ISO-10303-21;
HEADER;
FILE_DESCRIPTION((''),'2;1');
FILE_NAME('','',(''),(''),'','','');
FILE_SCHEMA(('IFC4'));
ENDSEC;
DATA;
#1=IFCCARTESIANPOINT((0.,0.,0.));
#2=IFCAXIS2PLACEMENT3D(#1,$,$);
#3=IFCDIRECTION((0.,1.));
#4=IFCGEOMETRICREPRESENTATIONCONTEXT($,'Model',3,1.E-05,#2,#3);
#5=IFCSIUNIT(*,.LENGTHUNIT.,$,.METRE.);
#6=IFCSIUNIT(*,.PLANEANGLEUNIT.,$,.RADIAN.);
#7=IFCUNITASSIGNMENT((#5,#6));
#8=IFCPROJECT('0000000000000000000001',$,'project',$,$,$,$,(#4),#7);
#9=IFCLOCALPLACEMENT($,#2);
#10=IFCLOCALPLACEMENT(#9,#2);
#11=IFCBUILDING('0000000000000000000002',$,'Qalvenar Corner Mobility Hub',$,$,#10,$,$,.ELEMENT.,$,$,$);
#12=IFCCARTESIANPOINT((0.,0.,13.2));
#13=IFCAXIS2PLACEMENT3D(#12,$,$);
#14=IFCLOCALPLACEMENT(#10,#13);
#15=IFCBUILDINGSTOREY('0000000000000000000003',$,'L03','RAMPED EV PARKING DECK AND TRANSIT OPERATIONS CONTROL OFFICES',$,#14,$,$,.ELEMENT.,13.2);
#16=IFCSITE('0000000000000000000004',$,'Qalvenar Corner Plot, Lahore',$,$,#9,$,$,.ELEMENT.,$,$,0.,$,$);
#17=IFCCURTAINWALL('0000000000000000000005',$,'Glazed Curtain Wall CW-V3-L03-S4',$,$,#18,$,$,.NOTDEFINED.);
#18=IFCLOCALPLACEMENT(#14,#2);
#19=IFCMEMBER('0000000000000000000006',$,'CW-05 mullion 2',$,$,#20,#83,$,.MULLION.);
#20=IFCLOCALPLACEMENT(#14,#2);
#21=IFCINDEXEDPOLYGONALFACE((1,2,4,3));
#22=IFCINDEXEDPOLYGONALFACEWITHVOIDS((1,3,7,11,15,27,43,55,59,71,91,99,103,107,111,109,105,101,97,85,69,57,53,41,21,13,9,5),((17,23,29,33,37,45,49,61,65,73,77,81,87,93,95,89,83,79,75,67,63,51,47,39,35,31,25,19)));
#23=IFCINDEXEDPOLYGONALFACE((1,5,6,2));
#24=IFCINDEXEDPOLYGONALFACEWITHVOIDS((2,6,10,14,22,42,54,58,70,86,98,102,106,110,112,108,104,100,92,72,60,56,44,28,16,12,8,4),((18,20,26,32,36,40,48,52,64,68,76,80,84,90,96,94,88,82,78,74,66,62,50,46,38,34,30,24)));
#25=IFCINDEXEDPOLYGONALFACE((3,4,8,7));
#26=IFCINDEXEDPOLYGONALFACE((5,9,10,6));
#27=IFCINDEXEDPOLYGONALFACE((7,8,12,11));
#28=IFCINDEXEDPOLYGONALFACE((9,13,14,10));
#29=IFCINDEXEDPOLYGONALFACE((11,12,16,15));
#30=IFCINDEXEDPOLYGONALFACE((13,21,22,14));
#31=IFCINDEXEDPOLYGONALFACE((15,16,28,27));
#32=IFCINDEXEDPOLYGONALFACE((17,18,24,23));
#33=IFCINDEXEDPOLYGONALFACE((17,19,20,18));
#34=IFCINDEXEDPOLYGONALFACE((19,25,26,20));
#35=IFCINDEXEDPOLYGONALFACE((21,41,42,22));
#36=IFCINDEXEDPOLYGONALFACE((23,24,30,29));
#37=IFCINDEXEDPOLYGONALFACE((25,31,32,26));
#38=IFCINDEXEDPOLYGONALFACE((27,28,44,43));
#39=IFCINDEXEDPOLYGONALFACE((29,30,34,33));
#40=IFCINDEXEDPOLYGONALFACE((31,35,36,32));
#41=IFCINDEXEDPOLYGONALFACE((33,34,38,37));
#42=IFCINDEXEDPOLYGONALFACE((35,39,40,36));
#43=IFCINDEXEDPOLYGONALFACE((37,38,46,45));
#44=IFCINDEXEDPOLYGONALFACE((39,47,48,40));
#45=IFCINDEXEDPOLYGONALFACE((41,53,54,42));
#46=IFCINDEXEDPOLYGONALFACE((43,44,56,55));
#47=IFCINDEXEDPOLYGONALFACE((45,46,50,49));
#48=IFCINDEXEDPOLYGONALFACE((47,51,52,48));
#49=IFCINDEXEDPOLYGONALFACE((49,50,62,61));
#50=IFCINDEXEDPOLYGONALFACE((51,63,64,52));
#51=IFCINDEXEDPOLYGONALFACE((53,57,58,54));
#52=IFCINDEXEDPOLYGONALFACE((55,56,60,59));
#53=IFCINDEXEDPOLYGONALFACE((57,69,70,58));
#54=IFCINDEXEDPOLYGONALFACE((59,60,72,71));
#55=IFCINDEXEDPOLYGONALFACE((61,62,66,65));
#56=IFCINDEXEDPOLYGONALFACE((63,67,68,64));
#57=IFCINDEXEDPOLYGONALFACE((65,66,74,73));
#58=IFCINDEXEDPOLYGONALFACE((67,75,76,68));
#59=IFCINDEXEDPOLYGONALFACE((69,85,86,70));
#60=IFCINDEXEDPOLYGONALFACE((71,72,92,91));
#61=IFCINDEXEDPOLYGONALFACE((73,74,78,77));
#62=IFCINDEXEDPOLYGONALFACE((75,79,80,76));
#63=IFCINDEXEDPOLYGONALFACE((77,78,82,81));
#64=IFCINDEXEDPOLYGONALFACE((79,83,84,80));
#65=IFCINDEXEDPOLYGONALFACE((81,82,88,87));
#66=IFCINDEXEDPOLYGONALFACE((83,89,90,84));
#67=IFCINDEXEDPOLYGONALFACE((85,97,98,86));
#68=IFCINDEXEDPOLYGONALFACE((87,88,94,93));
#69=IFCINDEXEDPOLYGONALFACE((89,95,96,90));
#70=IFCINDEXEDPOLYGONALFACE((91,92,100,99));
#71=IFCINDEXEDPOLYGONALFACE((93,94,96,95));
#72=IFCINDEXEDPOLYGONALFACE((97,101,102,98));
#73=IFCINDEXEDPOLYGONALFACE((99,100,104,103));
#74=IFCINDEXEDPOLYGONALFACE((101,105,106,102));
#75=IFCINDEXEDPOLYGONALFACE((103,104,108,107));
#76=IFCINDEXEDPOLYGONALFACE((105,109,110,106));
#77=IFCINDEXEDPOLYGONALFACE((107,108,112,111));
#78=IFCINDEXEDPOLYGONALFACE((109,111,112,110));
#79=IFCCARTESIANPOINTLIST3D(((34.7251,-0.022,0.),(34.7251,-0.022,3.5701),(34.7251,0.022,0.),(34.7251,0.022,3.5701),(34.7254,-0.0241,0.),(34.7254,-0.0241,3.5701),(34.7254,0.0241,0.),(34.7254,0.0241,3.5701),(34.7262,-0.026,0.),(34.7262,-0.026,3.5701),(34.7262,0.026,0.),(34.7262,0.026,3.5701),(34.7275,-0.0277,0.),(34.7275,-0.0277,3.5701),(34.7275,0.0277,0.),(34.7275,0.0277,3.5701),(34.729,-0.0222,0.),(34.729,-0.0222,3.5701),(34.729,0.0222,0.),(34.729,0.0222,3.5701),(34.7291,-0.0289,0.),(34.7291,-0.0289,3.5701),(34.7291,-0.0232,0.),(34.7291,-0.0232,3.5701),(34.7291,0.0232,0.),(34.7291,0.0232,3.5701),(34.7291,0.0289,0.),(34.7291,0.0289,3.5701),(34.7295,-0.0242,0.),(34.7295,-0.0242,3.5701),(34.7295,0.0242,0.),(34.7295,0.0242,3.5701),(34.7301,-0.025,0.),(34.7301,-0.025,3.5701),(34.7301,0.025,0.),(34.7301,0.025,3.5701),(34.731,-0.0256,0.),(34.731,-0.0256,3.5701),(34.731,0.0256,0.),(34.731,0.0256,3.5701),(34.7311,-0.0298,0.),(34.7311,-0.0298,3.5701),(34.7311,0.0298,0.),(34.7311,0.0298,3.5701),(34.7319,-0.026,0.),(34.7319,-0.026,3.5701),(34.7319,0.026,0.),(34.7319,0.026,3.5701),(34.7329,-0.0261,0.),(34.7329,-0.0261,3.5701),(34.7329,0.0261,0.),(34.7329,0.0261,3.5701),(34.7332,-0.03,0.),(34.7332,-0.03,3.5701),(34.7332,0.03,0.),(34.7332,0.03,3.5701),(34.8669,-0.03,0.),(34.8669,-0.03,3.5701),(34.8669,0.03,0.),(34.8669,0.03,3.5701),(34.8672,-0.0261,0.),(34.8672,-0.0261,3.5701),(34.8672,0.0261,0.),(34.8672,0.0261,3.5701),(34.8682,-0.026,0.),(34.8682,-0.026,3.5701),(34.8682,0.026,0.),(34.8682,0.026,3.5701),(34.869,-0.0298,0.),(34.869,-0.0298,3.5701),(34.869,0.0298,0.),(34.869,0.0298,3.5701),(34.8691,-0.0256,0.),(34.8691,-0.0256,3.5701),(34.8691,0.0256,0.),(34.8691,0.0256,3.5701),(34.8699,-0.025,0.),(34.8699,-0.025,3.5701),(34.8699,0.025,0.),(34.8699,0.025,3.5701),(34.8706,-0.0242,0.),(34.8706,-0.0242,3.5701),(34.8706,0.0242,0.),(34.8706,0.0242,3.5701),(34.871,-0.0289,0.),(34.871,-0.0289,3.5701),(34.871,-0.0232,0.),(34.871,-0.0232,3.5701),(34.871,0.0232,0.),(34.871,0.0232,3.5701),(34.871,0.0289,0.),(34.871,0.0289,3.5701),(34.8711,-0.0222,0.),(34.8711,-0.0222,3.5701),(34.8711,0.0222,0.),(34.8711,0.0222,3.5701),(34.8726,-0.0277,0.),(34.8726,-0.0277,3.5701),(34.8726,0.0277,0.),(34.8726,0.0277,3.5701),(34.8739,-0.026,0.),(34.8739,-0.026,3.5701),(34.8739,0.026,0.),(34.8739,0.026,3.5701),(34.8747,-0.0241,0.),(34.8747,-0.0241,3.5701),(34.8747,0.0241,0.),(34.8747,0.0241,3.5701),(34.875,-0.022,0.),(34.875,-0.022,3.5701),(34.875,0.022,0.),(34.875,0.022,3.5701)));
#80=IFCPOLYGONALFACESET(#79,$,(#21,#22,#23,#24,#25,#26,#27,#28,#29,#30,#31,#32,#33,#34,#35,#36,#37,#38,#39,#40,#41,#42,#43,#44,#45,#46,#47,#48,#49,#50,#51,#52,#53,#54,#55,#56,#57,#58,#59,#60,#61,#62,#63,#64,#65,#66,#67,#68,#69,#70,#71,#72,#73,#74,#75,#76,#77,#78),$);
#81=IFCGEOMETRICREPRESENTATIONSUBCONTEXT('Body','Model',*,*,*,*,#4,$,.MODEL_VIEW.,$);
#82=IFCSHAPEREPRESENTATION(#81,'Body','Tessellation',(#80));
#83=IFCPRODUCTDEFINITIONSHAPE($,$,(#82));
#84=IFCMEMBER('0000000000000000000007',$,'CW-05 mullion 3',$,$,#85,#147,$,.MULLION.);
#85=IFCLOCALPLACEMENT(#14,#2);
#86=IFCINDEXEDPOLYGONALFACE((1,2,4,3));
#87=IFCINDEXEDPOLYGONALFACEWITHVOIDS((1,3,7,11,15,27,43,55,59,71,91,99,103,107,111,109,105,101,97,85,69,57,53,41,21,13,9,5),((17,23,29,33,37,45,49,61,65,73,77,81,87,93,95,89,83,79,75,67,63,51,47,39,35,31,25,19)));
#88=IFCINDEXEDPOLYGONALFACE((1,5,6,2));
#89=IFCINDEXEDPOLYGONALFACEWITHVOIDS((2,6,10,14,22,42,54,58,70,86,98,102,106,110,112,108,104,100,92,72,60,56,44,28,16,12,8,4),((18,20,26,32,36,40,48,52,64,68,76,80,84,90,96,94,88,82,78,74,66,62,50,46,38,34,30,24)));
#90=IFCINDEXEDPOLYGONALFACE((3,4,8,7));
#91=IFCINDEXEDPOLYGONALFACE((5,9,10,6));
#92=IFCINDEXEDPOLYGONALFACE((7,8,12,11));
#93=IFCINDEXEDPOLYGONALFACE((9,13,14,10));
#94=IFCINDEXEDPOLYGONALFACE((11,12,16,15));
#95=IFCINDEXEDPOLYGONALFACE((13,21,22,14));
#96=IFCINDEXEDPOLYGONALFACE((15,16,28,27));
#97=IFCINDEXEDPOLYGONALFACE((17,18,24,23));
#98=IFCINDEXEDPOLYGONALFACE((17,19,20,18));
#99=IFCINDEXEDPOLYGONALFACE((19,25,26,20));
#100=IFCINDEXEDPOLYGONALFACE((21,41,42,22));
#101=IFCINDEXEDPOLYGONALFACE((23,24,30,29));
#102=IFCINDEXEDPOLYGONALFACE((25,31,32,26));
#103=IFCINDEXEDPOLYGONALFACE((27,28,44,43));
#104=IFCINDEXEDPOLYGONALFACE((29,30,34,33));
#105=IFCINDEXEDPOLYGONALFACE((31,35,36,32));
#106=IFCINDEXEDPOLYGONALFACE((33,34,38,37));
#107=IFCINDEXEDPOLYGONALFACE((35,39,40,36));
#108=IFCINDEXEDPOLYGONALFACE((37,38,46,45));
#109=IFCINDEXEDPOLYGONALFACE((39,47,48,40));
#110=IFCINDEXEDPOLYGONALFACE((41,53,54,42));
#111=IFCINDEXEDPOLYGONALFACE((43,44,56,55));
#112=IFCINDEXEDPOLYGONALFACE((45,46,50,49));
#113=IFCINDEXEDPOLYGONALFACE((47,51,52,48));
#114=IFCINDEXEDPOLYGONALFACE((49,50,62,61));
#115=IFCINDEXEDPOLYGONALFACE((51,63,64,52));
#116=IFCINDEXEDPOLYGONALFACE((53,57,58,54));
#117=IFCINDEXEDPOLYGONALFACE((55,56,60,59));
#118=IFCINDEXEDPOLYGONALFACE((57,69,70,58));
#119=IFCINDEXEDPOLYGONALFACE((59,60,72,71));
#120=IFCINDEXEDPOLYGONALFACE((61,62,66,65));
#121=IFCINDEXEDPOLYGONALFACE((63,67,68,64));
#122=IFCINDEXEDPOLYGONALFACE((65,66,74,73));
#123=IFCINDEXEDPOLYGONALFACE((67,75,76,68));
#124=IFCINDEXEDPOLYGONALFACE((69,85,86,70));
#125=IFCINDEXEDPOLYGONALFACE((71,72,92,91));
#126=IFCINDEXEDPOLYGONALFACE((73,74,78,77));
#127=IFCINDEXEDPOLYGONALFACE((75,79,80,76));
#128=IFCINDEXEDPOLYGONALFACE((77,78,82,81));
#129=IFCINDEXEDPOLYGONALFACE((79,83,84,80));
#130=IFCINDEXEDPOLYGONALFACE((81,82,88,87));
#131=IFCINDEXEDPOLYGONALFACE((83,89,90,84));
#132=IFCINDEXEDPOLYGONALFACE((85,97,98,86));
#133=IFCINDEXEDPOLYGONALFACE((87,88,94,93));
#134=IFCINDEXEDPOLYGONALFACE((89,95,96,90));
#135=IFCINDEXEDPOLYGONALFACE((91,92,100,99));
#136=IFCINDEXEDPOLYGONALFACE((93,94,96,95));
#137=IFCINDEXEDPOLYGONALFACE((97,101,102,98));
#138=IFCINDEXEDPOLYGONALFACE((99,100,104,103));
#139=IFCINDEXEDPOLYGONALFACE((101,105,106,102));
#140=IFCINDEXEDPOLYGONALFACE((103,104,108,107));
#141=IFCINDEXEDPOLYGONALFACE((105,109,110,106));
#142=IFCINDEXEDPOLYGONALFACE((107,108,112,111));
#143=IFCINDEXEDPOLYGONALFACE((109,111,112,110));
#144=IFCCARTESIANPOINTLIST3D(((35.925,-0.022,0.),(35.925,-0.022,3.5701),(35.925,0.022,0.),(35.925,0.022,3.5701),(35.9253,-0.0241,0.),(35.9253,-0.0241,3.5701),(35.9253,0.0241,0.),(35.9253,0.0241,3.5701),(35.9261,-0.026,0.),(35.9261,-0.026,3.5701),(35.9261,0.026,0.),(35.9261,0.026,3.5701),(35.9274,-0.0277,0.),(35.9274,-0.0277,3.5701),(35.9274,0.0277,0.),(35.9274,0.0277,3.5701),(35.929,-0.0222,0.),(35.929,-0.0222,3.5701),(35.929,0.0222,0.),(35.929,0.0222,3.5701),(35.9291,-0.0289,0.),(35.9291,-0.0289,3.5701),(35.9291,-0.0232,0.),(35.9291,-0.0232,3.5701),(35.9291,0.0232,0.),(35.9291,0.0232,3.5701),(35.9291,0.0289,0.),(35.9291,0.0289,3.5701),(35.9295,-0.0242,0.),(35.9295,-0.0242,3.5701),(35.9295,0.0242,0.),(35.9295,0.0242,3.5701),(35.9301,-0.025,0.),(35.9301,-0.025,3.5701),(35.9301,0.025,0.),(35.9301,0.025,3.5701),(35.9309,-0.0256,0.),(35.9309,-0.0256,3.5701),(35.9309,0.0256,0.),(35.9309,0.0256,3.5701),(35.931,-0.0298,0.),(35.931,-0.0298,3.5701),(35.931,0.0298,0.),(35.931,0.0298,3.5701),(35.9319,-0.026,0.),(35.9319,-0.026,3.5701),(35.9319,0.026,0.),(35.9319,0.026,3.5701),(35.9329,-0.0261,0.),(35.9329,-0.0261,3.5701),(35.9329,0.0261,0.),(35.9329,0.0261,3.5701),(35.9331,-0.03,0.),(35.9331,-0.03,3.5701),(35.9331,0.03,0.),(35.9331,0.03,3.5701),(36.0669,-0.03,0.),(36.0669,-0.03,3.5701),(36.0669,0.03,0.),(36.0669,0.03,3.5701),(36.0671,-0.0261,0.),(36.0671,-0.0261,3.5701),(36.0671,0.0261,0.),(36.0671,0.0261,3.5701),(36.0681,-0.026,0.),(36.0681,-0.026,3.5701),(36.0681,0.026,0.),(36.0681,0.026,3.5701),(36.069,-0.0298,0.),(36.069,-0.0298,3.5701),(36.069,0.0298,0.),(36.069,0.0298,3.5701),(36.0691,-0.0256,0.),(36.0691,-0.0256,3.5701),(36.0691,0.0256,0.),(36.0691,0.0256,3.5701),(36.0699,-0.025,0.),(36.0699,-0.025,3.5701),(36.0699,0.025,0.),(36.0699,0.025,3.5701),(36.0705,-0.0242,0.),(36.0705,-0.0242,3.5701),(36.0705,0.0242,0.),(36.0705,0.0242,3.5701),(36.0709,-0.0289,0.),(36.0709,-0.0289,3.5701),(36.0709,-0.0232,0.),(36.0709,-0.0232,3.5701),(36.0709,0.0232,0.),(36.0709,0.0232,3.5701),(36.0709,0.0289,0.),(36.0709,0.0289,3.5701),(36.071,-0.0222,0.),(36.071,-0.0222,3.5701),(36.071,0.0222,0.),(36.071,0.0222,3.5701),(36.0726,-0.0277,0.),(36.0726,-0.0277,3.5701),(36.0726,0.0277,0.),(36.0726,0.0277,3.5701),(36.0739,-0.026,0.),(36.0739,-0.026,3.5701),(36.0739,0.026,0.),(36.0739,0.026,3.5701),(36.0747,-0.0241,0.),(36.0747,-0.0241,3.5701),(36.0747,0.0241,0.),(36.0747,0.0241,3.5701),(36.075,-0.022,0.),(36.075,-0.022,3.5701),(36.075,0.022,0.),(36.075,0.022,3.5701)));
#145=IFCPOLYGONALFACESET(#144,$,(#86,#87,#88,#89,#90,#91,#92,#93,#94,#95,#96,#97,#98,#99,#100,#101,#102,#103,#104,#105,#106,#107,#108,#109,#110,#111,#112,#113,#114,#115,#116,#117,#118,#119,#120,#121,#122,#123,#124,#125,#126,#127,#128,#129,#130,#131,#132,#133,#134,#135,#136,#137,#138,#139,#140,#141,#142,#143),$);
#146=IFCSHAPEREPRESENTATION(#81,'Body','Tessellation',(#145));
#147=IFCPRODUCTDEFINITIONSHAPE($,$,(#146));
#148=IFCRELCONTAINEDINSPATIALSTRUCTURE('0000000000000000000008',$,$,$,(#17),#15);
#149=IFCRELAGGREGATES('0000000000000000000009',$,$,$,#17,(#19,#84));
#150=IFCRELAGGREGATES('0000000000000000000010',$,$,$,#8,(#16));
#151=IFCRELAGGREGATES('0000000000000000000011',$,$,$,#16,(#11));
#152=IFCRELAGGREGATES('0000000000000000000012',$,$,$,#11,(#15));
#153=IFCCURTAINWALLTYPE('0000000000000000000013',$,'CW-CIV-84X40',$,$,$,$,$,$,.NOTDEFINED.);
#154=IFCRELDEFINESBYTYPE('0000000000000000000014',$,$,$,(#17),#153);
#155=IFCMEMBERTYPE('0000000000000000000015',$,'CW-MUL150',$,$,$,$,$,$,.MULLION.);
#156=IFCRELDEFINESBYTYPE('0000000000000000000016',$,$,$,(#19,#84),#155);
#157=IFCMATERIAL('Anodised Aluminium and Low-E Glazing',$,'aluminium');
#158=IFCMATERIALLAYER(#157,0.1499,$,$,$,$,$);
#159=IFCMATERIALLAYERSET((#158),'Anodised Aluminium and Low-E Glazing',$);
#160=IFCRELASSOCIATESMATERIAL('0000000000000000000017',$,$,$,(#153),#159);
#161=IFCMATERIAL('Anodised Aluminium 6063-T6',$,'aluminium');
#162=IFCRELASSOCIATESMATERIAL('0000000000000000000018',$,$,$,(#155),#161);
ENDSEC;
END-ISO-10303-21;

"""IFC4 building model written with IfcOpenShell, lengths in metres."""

from ifc_helpers import new_model, si_unit, direction, frame, origin, origin_2d, place, context, subcontext, project, spatial, hollow_rectangle, extrude, material, layer, layer_set, material_profile, profile_set, type_object, element, aggregate, save


model = new_model("IFC4")

# Units and contexts
model_context = context("Model", 3, precision=1e-05, world=origin(), true_north=direction((0.0, 1.0)))
body_context = subcontext(model_context, "Body", "Model", "MODEL_VIEW")
ifc_project = project(units=[si_unit("LENGTHUNIT", "METRE"), si_unit("PLANEANGLEUNIT", "RADIAN")], contexts=[model_context])

# Site, building, storey
site_placement = place(None, origin())
site = spatial("IfcSite", under=ifc_project, at=site_placement, Name="Qalvenar Corner Plot, Lahore", CompositionType="ELEMENT", RefElevation=0.0)
building_placement = place(site_placement, origin())
building = spatial("IfcBuilding", under=site, at=building_placement, Name="Qalvenar Corner Mobility Hub", CompositionType="ELEMENT")
storey_placement = place(building_placement, frame((0.0, 0.0, 13.2)))
storey = spatial("IfcBuildingStorey", under=building, at=storey_placement, Name="L03", Description="RAMPED EV PARKING DECK AND TRANSIT OPERATIONS CONTROL OFFICES", CompositionType="ELEMENT", Elevation=13.2)

# Curtain wall, members
ifc_material_1 = material(Name="Anodised Aluminium and Low-E Glazing", Category="aluminium")
ifc_layer_1 = layer(ifc_material_1, 0.1499)
ifc_layer_set_1 = layer_set([ifc_layer_1], Name="Anodised Aluminium and Low-E Glazing")
curtain_wall_type = type_object("IfcCurtainWallType", Name="CW-CIV-84X40", PredefinedType="NOTDEFINED", material=ifc_layer_set_1)
curtain_wall_placement = place(storey_placement, origin())
curtain_wall = element("IfcCurtainWall", 1, at=curtain_wall_placement, inside=storey, type_object=curtain_wall_type, Name="Glazed Curtain Wall CW-V3-L03-S4", PredefinedType="NOTDEFINED")
ifc_material_2 = material(Name="Anodised Aluminium 6063-T6", Category="aluminium")
ifc_material_profile_1 = material_profile(ifc_material_2, hollow_rectangle(XDim=0.0601, YDim=0.1499, WallThickness=0.0039, InnerFilletRadius=0.0039, OuterFilletRadius=0.0081, at=origin_2d()), Name="RHS150x60x4")
ifc_profile_set_1 = profile_set([ifc_material_profile_1], Name="Anodised Aluminium 6063-T6")
member_type_1 = type_object("IfcMemberType", Name="CW-MUL150", PredefinedType="MULLION", material=ifc_profile_set_1)
member_1_placement = place(storey_placement, frame((34.8, 0.0, 0.0), z_axis=(0.0, 0.0, 1.0), x_axis=(0.0, 1.0, 0.0)))
member_1 = element("IfcMember", 2, at=member_1_placement, type_object=member_type_1, Name="CW-05 mullion 2", PredefinedType="MULLION", context=body_context, shape_type="SweptSolid", body=[
    extrude(hollow_rectangle(XDim=0.0601, YDim=0.1499, WallThickness=0.0039, InnerFilletRadius=0.0039, OuterFilletRadius=0.0081, at=origin_2d()), origin(), (0.0, 0.0, 1.0), 3.5701),
])
member_2_placement = place(storey_placement, frame((36.0, 0.0, 0.0), z_axis=(0.0, 0.0, 1.0), x_axis=(0.0, 1.0, 0.0)))
member_2 = element("IfcMember", 3, at=member_2_placement, type_object=member_type_1, Name="CW-05 mullion 3", PredefinedType="MULLION", context=body_context, shape_type="SweptSolid", body=[
    extrude(hollow_rectangle(XDim=0.0601, YDim=0.1499, WallThickness=0.0039, InnerFilletRadius=0.0039, OuterFilletRadius=0.0081, at=origin_2d()), origin(), (0.0, 0.0, 1.0), 3.5701),
])
aggregate(curtain_wall, [member_1, member_2])

save(model, "model.ifc")
